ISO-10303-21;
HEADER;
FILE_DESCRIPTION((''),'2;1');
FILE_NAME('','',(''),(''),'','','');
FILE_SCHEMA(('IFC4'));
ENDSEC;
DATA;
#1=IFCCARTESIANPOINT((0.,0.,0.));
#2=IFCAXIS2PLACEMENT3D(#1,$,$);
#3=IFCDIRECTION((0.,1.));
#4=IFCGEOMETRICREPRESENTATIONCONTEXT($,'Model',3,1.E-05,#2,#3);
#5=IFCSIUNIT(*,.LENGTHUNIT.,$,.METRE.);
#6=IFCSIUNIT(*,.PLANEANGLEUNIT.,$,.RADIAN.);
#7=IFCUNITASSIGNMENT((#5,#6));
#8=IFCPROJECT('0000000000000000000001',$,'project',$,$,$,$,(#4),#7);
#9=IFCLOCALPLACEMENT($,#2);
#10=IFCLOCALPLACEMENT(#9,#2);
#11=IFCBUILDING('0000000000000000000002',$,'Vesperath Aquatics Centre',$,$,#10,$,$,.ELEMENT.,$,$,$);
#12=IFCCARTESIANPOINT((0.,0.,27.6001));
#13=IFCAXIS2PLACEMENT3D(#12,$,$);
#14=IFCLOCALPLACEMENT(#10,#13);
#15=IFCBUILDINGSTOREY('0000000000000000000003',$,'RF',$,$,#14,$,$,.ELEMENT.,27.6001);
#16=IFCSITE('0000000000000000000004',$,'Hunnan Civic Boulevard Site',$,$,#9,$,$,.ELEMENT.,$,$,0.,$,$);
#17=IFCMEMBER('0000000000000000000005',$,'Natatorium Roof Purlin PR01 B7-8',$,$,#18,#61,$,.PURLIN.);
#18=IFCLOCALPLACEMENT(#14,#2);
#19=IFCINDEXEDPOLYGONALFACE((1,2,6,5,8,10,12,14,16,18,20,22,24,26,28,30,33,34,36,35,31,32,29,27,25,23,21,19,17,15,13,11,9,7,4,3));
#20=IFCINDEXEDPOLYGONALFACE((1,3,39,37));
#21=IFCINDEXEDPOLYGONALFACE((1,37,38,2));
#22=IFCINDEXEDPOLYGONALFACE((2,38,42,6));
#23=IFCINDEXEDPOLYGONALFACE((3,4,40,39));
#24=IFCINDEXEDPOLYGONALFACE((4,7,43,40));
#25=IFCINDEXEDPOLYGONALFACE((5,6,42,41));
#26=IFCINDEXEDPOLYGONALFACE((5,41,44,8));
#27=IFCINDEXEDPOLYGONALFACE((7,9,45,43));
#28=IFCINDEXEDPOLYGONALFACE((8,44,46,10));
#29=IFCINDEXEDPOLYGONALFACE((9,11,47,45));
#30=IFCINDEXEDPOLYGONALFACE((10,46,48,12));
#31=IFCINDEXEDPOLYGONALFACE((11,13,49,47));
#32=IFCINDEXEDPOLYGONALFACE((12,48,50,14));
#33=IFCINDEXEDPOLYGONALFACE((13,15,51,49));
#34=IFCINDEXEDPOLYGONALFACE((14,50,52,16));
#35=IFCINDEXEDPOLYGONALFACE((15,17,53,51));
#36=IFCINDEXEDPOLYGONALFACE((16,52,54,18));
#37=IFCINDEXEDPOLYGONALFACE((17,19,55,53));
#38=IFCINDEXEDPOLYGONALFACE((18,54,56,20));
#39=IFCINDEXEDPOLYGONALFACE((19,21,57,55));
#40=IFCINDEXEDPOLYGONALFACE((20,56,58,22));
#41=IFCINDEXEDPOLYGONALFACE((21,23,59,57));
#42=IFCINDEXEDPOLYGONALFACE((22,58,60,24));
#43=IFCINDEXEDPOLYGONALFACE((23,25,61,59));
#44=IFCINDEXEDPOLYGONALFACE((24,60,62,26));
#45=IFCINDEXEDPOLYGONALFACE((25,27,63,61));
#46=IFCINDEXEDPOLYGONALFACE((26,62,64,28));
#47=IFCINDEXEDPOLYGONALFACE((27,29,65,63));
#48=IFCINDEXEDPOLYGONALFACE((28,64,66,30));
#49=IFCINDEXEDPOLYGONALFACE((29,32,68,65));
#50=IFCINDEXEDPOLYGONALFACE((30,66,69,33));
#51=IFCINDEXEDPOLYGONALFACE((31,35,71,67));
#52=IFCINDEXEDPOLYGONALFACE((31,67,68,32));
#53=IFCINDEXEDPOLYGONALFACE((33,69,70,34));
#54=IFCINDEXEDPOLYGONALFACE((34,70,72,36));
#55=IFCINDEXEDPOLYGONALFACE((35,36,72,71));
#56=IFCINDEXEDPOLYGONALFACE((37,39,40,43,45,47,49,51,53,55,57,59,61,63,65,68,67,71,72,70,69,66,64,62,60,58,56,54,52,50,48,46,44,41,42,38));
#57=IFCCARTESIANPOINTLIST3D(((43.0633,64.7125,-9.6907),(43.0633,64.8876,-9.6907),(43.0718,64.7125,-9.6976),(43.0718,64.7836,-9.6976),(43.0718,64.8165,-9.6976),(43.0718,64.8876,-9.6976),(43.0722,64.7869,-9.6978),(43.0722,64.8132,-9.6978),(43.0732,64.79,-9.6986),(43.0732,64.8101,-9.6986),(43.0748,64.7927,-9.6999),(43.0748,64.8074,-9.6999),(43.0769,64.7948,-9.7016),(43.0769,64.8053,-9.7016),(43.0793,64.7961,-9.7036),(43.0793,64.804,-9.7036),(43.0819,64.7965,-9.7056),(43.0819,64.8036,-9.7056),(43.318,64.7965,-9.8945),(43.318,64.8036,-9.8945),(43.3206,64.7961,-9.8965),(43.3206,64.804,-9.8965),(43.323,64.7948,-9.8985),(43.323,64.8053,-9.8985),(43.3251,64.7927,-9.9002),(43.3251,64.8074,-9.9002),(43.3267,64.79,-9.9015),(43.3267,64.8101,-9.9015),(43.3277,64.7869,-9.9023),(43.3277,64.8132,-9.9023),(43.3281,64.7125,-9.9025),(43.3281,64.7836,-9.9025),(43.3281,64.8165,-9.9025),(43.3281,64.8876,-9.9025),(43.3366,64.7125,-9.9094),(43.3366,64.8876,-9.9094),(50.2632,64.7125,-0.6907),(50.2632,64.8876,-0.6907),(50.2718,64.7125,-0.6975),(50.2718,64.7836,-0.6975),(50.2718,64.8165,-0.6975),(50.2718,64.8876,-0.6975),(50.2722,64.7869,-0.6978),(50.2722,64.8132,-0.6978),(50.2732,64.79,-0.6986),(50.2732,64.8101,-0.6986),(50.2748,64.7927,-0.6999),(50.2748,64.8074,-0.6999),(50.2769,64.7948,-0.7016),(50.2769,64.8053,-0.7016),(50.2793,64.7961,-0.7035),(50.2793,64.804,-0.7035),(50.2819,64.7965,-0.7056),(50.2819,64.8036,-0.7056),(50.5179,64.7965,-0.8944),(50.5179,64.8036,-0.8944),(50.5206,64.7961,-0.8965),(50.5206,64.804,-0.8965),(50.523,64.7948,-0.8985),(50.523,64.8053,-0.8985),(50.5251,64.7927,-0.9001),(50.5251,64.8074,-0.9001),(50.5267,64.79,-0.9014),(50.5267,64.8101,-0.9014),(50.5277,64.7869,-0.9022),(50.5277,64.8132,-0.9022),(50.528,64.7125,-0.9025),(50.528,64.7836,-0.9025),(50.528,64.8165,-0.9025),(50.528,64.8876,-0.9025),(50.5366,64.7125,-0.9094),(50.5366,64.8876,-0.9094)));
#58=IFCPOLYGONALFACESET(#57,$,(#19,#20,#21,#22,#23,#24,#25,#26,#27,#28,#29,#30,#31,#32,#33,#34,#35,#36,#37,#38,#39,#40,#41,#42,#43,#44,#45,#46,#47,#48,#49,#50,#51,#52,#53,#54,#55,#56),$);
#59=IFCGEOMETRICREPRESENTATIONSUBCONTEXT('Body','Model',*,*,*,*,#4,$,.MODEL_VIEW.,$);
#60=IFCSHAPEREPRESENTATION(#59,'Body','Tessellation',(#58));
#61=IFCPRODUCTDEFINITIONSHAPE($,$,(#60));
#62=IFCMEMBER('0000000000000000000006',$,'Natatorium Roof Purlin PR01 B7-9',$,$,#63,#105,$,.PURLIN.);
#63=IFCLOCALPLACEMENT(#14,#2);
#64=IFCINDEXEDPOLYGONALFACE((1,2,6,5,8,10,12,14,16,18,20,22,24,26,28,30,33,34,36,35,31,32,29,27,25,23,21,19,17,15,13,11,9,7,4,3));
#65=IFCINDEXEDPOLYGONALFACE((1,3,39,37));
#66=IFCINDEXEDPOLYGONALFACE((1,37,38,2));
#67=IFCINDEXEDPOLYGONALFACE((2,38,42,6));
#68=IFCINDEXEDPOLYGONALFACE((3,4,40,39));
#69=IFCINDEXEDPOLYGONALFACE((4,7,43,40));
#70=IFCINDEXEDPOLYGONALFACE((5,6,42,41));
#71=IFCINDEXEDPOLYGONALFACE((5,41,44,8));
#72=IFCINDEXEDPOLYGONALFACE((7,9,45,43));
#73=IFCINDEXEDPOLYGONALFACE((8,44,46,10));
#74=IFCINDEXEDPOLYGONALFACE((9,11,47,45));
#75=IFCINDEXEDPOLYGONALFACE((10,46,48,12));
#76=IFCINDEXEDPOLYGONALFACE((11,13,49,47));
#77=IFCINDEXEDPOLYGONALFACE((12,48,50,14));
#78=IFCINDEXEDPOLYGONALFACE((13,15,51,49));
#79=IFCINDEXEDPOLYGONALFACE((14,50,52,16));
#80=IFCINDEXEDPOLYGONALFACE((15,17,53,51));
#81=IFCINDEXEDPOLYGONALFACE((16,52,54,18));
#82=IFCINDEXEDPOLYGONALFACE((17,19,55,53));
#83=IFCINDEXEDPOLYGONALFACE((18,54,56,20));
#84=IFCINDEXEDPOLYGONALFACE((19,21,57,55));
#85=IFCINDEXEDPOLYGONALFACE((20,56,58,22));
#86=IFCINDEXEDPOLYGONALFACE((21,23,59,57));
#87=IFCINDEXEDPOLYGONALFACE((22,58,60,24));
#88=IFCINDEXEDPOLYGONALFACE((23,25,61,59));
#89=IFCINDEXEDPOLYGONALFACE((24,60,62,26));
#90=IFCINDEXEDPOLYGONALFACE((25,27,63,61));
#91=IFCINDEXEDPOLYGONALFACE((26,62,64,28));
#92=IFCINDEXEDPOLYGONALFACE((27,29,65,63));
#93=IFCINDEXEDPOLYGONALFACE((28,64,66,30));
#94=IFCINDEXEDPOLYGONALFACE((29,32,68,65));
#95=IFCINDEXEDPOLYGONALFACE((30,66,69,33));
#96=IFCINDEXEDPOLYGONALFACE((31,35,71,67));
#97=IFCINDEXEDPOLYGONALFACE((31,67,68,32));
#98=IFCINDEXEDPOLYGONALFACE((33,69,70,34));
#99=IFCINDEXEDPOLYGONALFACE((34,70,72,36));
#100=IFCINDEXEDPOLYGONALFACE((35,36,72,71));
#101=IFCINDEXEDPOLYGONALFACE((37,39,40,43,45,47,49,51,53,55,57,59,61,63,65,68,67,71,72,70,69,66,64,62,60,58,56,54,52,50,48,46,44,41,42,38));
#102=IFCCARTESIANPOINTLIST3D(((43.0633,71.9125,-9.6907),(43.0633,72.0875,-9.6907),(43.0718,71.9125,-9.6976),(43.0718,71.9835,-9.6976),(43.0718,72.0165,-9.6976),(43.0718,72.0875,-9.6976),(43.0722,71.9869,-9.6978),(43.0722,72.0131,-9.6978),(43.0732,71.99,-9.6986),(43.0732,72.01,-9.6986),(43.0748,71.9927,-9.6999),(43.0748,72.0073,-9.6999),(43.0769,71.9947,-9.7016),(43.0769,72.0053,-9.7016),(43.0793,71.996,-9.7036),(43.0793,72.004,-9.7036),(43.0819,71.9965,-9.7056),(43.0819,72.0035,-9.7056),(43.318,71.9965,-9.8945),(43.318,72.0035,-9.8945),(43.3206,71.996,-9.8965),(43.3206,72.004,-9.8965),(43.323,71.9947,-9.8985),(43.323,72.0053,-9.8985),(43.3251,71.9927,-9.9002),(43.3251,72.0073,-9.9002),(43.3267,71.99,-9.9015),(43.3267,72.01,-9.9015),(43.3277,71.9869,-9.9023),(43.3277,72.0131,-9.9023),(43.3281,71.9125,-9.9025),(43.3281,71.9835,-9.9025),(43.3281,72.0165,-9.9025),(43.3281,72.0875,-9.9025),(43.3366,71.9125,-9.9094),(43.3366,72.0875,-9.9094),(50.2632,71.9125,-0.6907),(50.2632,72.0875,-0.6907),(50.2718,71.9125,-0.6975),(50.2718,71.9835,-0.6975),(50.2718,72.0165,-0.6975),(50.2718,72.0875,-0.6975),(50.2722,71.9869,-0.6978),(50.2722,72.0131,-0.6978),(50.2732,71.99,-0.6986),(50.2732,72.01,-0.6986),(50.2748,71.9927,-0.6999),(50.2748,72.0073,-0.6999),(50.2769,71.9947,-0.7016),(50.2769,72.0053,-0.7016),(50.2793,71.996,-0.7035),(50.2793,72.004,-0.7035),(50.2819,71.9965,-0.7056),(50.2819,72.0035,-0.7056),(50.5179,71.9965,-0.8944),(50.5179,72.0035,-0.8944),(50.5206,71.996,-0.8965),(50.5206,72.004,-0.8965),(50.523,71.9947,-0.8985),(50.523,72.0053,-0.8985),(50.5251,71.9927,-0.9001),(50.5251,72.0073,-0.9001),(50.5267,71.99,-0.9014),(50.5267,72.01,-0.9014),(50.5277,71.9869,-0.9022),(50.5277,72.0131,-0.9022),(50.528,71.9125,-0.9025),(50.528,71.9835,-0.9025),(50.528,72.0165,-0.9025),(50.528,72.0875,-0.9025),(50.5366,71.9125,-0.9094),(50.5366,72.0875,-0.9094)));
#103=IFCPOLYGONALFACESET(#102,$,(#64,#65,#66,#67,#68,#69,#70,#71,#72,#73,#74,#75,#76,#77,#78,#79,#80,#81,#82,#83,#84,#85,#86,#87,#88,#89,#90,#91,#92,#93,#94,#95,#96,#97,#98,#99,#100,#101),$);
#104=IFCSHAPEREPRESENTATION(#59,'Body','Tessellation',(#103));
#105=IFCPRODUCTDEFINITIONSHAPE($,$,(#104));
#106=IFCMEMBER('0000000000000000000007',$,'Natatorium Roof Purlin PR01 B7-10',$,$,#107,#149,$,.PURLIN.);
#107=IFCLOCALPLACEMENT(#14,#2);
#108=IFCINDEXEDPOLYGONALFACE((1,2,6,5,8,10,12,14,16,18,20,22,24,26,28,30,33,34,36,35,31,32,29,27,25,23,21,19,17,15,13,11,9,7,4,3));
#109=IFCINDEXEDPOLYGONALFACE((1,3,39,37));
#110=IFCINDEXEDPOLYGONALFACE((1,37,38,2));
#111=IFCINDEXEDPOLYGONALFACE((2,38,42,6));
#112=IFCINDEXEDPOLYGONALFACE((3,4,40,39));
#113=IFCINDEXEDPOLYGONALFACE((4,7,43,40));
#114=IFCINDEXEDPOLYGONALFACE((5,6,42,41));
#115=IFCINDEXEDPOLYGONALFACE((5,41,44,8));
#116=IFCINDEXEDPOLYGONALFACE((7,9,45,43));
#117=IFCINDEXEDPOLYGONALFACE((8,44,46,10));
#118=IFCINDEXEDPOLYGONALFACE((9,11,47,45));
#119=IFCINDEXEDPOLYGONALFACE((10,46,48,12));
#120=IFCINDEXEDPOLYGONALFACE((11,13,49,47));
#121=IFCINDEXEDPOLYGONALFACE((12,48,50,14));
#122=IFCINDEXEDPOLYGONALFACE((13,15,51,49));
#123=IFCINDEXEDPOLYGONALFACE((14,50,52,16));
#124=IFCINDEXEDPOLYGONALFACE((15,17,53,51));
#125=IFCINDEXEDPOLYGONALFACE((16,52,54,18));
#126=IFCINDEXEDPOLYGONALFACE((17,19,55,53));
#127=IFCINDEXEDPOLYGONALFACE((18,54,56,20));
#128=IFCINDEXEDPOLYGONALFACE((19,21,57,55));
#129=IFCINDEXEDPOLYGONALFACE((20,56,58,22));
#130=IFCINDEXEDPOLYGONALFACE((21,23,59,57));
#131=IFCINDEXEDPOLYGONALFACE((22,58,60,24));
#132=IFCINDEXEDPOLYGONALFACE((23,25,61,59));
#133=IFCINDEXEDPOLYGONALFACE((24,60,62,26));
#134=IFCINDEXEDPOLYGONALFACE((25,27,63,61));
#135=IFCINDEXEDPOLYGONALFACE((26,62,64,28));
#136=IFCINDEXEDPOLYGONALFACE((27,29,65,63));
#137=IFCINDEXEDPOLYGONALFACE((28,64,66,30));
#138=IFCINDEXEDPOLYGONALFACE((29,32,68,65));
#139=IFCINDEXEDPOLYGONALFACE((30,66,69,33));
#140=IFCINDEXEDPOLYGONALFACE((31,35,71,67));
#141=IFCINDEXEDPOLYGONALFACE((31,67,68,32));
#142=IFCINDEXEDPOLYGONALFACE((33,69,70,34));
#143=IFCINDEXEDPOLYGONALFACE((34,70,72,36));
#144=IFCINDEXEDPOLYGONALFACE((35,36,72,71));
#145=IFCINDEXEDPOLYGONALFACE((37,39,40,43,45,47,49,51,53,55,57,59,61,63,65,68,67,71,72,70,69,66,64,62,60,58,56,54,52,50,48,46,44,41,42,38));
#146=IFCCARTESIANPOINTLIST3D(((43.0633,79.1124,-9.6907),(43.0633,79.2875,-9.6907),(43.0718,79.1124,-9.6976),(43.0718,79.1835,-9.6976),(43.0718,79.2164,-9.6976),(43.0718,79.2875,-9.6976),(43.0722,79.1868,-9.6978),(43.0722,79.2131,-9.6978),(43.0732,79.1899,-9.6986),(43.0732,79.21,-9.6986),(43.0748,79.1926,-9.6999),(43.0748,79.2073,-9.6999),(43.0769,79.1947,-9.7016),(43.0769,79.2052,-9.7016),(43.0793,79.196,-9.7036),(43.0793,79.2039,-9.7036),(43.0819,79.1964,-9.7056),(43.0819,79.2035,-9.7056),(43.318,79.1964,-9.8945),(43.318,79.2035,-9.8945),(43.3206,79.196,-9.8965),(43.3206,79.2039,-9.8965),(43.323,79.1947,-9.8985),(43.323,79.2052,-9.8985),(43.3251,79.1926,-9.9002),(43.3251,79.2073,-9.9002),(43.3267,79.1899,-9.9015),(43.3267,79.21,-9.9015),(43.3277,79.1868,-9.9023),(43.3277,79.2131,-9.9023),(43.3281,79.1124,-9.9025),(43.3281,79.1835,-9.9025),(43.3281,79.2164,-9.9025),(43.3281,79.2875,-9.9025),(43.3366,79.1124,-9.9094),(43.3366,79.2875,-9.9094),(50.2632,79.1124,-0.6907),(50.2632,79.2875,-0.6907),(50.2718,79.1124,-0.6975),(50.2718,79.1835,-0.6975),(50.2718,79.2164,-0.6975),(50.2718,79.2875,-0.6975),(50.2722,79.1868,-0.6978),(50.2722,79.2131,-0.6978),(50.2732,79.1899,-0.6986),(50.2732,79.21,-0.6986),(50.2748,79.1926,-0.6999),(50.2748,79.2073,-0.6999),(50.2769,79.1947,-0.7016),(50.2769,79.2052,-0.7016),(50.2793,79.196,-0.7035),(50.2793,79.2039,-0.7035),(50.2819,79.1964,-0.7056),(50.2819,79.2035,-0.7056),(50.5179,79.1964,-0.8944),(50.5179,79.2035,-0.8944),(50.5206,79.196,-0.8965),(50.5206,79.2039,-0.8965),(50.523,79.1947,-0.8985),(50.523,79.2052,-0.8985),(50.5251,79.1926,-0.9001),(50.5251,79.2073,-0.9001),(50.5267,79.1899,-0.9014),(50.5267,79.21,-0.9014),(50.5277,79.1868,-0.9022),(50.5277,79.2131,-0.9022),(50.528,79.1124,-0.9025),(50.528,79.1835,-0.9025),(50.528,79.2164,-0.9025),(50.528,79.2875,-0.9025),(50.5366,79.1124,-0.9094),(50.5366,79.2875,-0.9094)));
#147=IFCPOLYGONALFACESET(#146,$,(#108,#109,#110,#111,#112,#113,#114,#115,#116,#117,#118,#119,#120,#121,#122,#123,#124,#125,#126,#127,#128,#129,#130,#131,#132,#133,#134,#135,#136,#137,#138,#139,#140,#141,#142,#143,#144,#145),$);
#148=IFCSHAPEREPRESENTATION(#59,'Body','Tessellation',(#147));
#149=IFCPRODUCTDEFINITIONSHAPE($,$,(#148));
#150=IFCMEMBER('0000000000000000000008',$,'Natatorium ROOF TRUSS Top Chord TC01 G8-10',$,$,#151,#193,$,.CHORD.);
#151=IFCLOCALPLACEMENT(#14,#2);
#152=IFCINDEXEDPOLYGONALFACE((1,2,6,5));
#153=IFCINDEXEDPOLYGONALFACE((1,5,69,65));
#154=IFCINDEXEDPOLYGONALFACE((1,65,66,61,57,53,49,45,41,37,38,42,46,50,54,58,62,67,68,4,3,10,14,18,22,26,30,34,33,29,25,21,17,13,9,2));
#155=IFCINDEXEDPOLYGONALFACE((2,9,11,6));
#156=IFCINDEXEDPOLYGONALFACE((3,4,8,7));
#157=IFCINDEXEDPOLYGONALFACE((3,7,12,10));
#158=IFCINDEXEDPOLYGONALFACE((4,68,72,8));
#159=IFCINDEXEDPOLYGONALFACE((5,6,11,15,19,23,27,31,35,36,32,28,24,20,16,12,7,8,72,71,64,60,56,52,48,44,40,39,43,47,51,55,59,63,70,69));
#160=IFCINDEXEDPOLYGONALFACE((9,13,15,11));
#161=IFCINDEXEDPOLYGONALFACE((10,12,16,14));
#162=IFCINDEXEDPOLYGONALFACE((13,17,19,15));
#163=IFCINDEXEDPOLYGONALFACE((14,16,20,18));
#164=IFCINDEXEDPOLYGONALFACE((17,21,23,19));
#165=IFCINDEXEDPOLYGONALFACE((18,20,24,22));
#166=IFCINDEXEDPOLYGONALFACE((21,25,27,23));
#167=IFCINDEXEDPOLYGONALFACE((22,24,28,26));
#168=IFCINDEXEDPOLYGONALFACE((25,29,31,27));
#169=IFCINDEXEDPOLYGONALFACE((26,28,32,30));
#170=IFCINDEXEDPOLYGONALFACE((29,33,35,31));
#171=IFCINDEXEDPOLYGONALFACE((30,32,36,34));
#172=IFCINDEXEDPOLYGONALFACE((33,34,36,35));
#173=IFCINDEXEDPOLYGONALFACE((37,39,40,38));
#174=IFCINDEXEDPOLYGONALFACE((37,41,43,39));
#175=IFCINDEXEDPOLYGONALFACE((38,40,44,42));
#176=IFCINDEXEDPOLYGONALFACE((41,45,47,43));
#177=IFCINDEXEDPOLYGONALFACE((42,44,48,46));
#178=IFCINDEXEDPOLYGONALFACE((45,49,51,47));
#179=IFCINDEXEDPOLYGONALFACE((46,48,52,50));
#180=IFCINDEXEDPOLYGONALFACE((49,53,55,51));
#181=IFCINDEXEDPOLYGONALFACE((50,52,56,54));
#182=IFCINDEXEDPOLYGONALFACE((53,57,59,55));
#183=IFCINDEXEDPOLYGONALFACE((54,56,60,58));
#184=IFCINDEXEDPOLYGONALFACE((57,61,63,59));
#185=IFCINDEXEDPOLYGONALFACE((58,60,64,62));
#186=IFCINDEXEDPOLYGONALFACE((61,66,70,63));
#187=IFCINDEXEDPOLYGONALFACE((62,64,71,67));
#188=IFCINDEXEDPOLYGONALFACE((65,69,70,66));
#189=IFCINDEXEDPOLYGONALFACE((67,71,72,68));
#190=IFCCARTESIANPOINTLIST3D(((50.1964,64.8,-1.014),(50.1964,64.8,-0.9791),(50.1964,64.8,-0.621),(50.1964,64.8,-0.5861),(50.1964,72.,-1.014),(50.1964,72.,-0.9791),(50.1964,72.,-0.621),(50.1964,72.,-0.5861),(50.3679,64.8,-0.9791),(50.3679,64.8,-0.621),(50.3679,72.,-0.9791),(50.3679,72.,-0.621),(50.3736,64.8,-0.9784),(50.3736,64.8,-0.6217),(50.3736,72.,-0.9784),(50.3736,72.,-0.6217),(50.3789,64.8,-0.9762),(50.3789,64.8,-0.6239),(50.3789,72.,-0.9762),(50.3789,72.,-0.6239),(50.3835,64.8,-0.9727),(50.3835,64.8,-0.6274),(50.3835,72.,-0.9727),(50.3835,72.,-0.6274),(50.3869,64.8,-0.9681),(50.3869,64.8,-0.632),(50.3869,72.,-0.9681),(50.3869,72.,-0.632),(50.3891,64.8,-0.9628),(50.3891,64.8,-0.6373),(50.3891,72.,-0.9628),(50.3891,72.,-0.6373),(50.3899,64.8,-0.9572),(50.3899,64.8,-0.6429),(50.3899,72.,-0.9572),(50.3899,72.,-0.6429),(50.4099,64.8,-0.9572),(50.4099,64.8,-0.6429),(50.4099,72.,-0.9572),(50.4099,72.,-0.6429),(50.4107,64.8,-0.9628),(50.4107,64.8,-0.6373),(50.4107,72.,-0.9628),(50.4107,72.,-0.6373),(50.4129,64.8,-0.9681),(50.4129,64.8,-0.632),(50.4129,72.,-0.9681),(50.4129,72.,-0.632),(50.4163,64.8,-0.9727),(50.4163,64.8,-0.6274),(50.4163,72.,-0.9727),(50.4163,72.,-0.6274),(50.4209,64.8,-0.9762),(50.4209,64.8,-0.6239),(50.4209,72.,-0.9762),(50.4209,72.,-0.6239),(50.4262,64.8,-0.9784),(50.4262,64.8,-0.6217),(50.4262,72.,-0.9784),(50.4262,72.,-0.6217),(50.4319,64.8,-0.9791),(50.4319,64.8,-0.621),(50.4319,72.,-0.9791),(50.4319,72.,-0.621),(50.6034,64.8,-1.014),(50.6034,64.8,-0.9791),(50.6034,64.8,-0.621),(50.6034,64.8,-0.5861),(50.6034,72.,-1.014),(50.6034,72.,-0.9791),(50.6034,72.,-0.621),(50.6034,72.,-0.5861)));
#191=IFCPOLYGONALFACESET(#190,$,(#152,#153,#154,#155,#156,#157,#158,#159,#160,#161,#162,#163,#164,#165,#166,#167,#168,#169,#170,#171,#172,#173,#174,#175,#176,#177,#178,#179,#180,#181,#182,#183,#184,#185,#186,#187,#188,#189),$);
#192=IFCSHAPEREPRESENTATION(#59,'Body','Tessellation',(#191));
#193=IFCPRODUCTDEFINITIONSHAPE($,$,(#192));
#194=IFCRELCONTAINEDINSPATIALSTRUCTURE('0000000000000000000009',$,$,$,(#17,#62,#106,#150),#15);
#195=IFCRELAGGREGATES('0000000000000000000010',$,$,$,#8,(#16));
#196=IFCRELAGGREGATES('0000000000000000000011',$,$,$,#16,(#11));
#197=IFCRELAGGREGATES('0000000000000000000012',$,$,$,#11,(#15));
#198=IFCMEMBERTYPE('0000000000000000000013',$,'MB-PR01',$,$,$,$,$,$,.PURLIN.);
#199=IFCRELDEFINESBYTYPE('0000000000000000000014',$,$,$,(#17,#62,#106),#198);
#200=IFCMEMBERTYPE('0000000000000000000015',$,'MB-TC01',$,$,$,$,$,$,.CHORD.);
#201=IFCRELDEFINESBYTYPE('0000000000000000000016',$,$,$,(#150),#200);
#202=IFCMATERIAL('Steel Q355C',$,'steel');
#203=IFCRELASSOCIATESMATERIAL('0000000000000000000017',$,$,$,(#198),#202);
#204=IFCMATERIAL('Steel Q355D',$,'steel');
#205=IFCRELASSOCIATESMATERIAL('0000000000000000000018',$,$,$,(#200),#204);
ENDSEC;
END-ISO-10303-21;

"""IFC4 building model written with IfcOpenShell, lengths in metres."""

from ifc_helpers import new_model, si_unit, direction, frame, origin, origin_2d, place, context, subcontext, project, spatial, i_section, extrude, material, material_profile, profile_set, type_object, element, save


model = new_model("IFC4")

# Units and contexts
model_context = context("Model", 3, precision=1e-05, world=origin(), true_north=direction((0.0, 1.0)))
body_context = subcontext(model_context, "Body", "Model", "MODEL_VIEW")
ifc_project = project(units=[si_unit("LENGTHUNIT", "METRE"), si_unit("PLANEANGLEUNIT", "RADIAN")], contexts=[model_context])

# Site, building, storey
site_placement = place(None, origin())
site = spatial("IfcSite", under=ifc_project, at=site_placement, Name="Hunnan Civic Boulevard Site", CompositionType="ELEMENT", RefElevation=0.0)
building_placement = place(site_placement, origin())
building = spatial("IfcBuilding", under=site, at=building_placement, Name="Vesperath Aquatics Centre", CompositionType="ELEMENT")
storey_placement = place(building_placement, frame((0.0, 0.0, 27.6001)))
storey = spatial("IfcBuildingStorey", under=building, at=storey_placement, Name="RF", CompositionType="ELEMENT", Elevation=27.6001)

# Shared definitions
ifc_material_1 = material(Name="Steel Q355C", Category="steel")

# Members
ifc_material_2 = material(Name="Steel Q355D", Category="steel")
ifc_material_profile_1 = material_profile(ifc_material_1, i_section(OverallWidth=0.175, OverallDepth=0.3501, WebThickness=0.0071, FlangeThickness=0.011, FilletRadius=0.0129, at=origin_2d()), Name="HN 350x175x7x11")
ifc_profile_set_1 = profile_set([ifc_material_profile_1], Name="Steel Q355C")
member_type_1 = type_object("IfcMemberType", Name="MB-PR01", PredefinedType="PURLIN", material=ifc_profile_set_1)
for number, where, z_axis, x_axis, name in (
    (1, (43.2, 64.8, -9.8), (0.624692, 0.0, 0.780871), (0.0, 1.0, 0.0), "Natatorium Roof Purlin PR01 B7-8"),
    (2, (43.2, 72.0, -9.8), (0.624692, 0.0, 0.780871), (0.0, 1.0, 0.0), "Natatorium Roof Purlin PR01 B7-9"),
    (3, (43.2, 79.2, -9.8), (0.624692, 0.0, 0.780871), (0.0, 1.0, 0.0), "Natatorium Roof Purlin PR01 B7-10"),
):
    element("IfcMember", number, at=place(storey_placement, frame(where, z_axis=z_axis, x_axis=x_axis)), inside=storey, type_object=member_type_1, Name=name, PredefinedType="PURLIN", context=body_context, shape_type="SweptSolid", body=[
        extrude(i_section(OverallWidth=0.175, OverallDepth=0.3501, WebThickness=0.0071, FlangeThickness=0.011, FilletRadius=0.0129, at=origin_2d()), origin(), (0.0, 0.0, 1.0), 11.5256),
    ])
ifc_material_profile_2 = material_profile(ifc_material_2, i_section(OverallWidth=0.407, OverallDepth=0.428, WebThickness=0.02, FlangeThickness=0.0349, FilletRadius=0.022, at=origin_2d()), Name="HW 428x407x20x35")
ifc_profile_set_2 = profile_set([ifc_material_profile_2], Name="Steel Q355D")
member_type_2 = type_object("IfcMemberType", Name="MB-TC01", PredefinedType="CHORD", material=ifc_profile_set_2)
member_1_placement = place(storey_placement, frame((50.3999, 64.8, -0.8), z_axis=(0.0, 1.0, 0.0), x_axis=(-1.0, 0.0, 0.0)))
element("IfcMember", 4, at=member_1_placement, inside=storey, type_object=member_type_2, Name="Natatorium ROOF TRUSS Top Chord TC01 G8-10", PredefinedType="CHORD", context=body_context, shape_type="SweptSolid", body=[
    extrude(i_section(OverallWidth=0.407, OverallDepth=0.428, WebThickness=0.02, FlangeThickness=0.0349, FilletRadius=0.022, at=origin_2d()), origin(), (0.0, 0.0, 1.0), 7.2),
])

save(model, "model.ifc")
